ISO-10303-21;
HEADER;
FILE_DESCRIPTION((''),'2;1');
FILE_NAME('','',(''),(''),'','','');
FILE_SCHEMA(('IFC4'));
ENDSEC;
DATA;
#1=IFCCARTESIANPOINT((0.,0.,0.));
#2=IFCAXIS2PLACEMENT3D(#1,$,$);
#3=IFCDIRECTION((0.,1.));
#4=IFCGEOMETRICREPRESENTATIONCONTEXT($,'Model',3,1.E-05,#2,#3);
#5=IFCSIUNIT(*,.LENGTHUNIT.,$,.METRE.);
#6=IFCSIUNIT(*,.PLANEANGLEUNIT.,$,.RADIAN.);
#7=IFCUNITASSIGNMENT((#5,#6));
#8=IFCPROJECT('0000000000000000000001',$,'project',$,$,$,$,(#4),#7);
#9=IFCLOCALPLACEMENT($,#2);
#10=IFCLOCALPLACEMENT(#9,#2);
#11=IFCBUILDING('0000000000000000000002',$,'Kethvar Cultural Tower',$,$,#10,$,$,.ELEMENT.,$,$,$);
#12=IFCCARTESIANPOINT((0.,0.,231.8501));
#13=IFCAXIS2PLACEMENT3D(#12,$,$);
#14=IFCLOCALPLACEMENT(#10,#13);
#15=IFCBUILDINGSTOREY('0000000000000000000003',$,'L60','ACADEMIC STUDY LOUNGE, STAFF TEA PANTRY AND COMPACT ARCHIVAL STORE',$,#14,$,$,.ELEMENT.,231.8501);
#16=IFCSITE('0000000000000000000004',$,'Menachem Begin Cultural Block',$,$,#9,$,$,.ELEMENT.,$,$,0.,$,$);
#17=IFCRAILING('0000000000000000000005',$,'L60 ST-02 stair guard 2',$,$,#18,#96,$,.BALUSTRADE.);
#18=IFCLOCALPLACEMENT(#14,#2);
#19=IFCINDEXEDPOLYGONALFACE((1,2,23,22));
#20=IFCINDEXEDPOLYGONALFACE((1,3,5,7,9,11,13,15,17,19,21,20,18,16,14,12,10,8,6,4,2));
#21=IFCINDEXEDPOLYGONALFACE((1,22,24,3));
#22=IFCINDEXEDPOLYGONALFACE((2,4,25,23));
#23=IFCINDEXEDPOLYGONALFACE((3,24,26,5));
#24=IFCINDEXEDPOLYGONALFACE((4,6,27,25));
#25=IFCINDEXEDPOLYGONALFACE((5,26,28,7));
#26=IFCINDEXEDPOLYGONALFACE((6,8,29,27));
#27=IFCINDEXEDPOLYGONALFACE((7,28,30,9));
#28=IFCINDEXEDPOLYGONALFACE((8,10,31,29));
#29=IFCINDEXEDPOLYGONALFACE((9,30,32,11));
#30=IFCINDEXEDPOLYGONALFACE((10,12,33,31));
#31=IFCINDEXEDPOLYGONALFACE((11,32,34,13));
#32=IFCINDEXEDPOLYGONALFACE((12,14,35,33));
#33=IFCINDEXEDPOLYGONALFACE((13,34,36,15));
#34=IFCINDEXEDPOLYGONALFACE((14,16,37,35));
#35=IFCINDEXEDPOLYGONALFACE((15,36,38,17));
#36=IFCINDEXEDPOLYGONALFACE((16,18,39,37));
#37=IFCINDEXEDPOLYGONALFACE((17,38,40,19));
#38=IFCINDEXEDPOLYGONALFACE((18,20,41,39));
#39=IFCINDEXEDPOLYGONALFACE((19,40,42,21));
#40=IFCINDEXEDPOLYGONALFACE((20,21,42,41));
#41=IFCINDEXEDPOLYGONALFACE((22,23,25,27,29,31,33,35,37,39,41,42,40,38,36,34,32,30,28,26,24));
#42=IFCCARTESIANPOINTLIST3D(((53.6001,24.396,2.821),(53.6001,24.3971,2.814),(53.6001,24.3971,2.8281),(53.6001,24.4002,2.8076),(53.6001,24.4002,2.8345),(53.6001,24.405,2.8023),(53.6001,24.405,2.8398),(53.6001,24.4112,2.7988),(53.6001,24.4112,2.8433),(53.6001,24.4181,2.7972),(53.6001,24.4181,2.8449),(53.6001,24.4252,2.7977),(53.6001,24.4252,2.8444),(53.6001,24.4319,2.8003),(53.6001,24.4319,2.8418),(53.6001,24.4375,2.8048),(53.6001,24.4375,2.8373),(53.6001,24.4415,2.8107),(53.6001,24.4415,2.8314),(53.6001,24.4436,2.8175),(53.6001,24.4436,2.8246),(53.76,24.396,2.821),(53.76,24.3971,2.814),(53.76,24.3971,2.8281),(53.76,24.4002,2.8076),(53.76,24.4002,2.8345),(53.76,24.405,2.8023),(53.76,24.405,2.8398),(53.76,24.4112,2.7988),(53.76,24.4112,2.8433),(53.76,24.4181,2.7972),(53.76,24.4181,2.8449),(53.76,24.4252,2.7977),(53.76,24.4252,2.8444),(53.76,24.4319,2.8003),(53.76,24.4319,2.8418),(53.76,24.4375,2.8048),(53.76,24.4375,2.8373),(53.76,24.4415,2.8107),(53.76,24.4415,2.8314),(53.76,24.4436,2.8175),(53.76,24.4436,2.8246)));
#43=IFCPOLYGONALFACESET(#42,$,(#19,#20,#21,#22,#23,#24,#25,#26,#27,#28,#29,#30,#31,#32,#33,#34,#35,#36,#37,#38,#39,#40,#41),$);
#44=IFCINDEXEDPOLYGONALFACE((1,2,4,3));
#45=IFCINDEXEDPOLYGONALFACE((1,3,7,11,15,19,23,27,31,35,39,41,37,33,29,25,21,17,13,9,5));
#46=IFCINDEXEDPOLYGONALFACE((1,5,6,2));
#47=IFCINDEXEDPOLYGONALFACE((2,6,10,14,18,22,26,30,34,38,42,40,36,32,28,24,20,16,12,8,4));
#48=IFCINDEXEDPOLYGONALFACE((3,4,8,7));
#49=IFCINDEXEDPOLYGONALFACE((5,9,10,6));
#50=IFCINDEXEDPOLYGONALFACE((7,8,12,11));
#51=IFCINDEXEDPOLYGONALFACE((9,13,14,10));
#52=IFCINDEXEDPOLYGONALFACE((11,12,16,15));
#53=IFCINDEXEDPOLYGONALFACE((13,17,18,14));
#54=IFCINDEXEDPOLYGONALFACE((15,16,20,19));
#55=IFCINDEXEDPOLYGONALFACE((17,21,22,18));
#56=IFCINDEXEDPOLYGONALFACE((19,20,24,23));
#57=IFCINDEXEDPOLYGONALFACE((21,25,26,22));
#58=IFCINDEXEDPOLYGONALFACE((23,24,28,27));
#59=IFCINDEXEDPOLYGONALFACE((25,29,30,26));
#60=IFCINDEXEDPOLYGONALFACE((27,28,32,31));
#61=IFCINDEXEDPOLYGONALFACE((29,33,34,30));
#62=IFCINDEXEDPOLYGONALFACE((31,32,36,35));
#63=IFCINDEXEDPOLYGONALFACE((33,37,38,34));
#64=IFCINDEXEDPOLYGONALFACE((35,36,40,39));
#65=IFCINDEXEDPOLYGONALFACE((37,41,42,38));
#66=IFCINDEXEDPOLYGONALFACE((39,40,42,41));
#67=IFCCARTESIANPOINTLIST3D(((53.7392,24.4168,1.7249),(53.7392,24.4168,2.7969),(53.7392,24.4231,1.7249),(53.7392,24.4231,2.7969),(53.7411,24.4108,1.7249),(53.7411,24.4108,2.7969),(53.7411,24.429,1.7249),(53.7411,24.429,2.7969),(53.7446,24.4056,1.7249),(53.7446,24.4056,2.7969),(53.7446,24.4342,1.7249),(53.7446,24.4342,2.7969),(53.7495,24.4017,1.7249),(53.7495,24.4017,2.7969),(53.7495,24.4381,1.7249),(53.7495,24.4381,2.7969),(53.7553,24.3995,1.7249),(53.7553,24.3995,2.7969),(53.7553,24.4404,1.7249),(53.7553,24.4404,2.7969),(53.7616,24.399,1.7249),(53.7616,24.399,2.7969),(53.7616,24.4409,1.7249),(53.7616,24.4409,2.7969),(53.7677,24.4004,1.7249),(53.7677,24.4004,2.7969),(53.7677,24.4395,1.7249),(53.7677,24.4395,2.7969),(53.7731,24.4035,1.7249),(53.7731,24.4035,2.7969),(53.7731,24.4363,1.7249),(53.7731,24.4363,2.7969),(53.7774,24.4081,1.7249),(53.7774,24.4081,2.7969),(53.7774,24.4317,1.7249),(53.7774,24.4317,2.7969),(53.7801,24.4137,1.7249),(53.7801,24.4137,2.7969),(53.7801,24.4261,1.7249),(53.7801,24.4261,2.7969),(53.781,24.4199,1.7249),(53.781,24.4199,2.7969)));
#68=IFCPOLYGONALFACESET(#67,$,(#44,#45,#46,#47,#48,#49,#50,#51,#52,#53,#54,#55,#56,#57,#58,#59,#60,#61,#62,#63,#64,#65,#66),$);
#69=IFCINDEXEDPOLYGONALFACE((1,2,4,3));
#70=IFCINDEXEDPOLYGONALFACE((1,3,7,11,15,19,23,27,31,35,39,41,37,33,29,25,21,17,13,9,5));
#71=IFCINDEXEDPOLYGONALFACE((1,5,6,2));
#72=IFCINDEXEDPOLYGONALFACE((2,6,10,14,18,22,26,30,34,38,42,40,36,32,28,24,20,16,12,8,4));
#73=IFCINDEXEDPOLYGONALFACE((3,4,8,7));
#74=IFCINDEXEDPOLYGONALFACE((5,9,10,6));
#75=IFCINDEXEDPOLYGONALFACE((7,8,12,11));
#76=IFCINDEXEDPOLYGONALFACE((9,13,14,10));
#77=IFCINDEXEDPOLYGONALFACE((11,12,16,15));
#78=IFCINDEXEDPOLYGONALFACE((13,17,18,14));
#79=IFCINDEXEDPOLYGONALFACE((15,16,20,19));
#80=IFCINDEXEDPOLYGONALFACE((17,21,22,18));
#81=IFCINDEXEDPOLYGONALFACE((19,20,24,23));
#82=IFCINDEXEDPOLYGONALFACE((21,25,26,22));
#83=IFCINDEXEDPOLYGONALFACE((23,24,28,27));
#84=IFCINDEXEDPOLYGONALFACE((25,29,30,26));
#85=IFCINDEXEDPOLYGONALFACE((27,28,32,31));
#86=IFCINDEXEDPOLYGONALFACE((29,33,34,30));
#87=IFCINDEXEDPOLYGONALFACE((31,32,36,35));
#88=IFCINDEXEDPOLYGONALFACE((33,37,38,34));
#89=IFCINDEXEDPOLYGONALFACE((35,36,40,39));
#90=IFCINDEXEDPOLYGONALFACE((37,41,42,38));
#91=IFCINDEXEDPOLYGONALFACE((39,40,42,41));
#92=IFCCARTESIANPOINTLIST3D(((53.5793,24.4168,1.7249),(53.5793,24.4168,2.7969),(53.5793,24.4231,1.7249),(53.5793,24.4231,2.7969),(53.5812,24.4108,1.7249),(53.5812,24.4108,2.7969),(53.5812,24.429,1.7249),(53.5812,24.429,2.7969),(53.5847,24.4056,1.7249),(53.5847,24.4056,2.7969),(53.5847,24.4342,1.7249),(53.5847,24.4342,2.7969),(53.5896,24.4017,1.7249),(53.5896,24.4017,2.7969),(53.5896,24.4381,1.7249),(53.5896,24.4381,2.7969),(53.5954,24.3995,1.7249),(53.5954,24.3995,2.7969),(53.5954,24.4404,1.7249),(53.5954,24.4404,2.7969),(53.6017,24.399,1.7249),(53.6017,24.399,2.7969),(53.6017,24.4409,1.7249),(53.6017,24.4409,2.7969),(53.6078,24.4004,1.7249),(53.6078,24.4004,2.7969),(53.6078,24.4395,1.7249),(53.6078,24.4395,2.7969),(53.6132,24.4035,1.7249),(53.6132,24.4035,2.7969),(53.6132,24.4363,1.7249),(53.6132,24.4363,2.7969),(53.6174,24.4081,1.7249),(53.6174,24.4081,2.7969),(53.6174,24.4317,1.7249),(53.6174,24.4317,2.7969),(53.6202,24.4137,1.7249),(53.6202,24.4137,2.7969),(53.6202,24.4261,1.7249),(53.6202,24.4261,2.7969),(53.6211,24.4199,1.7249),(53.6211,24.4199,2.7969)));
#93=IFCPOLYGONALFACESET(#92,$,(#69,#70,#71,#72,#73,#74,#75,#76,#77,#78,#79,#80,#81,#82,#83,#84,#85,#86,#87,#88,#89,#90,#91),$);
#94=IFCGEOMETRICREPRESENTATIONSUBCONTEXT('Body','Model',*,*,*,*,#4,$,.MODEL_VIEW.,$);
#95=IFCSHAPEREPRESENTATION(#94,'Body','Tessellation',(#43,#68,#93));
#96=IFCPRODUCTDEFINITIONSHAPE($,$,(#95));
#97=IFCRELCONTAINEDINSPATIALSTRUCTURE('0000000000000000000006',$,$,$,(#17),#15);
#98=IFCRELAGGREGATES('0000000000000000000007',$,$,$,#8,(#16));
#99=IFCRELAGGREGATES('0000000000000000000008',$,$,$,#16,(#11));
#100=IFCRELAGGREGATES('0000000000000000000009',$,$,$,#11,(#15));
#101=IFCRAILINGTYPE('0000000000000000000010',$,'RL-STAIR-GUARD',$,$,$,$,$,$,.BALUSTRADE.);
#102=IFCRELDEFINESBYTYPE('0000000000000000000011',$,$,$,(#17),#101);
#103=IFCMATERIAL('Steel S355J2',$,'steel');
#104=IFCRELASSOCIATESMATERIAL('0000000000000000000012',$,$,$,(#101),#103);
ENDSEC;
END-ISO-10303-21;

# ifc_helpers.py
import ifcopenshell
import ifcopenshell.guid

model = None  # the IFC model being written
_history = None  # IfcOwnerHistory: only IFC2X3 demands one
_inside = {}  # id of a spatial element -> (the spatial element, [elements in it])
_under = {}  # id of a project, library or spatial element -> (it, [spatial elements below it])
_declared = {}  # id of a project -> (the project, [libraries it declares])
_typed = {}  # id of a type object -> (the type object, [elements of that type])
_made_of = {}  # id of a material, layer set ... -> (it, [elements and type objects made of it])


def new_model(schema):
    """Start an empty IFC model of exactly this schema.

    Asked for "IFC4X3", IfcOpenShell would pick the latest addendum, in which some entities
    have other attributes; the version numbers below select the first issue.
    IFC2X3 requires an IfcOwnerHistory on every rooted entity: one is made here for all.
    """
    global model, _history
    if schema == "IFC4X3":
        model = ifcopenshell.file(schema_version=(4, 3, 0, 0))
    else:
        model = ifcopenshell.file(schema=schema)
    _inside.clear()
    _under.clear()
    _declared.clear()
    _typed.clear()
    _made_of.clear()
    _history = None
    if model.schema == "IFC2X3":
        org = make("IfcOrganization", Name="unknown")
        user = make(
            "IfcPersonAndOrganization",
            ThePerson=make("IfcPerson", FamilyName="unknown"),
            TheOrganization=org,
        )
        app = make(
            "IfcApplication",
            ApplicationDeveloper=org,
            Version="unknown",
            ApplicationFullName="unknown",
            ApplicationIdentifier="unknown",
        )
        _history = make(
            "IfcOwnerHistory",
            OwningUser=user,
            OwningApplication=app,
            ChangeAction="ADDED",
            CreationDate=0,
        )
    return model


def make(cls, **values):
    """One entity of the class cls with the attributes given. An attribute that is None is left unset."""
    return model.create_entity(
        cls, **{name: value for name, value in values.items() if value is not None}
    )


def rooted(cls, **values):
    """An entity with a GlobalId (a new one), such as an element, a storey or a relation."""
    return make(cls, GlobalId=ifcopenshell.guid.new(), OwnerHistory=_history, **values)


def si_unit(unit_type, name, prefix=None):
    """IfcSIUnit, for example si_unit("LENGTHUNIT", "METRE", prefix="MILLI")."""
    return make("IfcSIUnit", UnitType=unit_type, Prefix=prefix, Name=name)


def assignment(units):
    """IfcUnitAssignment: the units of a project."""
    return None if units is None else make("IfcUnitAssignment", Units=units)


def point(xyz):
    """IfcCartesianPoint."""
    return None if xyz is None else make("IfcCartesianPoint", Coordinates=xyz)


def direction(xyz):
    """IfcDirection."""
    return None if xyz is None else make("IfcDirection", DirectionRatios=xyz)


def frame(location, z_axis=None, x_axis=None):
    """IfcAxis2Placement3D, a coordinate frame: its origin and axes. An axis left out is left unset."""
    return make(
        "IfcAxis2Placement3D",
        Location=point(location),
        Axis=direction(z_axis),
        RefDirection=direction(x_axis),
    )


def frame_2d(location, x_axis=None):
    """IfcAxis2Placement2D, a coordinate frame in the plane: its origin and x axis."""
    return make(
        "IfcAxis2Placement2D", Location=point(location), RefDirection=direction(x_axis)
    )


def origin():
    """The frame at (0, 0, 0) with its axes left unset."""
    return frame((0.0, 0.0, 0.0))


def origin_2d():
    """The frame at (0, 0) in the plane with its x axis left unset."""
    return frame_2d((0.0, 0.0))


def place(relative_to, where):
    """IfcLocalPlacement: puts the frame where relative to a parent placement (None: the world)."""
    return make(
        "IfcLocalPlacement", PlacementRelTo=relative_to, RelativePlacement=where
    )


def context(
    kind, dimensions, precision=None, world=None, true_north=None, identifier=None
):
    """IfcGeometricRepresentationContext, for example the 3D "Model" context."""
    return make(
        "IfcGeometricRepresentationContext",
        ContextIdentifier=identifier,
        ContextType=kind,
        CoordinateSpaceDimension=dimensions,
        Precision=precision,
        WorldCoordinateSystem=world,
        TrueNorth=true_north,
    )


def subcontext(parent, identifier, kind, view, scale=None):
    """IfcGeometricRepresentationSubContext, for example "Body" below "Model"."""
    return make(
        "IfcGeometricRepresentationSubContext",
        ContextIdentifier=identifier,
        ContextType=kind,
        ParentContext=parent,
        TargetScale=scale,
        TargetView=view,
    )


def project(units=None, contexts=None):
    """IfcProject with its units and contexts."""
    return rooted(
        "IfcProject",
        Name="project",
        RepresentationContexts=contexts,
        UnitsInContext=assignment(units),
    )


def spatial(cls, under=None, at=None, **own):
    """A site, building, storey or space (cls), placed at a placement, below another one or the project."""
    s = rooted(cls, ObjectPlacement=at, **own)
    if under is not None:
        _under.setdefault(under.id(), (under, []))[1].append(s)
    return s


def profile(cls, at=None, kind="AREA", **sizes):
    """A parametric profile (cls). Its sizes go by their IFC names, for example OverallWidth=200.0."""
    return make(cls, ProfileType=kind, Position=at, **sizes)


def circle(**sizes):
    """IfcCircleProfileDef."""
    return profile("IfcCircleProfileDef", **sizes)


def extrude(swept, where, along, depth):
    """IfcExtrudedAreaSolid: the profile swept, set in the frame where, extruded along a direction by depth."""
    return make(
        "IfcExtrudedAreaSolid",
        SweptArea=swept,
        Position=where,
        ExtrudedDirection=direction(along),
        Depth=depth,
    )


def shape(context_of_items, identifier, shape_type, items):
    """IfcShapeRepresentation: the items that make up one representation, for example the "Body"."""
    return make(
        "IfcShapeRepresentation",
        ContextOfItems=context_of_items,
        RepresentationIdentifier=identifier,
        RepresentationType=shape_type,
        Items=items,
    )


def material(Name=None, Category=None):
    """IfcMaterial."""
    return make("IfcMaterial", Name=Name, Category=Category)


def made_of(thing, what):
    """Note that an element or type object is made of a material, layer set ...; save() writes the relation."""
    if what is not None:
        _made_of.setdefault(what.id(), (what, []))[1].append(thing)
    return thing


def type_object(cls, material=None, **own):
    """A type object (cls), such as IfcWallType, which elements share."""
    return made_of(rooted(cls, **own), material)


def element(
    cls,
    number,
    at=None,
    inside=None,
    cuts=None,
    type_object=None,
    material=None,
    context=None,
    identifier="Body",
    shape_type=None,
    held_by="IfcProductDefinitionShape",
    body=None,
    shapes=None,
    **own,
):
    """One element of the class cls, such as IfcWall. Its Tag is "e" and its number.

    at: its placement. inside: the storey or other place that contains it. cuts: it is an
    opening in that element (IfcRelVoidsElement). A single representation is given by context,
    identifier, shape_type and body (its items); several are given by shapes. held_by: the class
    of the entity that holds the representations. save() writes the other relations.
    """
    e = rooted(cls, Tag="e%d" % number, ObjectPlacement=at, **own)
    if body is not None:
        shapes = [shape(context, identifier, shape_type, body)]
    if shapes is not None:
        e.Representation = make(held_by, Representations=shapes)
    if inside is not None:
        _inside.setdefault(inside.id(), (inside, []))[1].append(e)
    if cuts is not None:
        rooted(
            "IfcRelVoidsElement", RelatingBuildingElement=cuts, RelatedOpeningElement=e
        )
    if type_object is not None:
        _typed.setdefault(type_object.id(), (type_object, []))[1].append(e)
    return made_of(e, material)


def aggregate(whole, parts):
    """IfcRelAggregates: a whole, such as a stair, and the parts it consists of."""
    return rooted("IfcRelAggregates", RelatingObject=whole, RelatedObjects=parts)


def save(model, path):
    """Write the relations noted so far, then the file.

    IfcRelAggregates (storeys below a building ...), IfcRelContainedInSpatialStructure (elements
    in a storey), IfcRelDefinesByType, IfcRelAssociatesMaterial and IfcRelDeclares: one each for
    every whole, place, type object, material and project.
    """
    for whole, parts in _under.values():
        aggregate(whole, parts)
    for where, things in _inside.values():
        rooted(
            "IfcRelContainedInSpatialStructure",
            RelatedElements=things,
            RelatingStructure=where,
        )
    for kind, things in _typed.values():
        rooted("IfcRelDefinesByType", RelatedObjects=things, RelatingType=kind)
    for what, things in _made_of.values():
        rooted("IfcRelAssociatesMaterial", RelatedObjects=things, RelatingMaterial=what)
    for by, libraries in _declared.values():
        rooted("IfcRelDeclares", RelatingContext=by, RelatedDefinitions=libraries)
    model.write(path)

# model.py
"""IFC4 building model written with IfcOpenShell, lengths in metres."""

from ifc_helpers import new_model, si_unit, direction, frame, origin, origin_2d, place, context, subcontext, project, spatial, circle, extrude, material, type_object, element, save


model = new_model("IFC4")

# Units and contexts
model_context = context("Model", 3, precision=1e-05, world=origin(), true_north=direction((0.0, 1.0)))
body_context = subcontext(model_context, "Body", "Model", "MODEL_VIEW")
ifc_project = project(units=[si_unit("LENGTHUNIT", "METRE"), si_unit("PLANEANGLEUNIT", "RADIAN")], contexts=[model_context])

# Site, building, storey
site_placement = place(None, origin())
site = spatial("IfcSite", under=ifc_project, at=site_placement, Name="Menachem Begin Cultural Block", CompositionType="ELEMENT", RefElevation=0.0)
building_placement = place(site_placement, origin())
building = spatial("IfcBuilding", under=site, at=building_placement, Name="Kethvar Cultural Tower", CompositionType="ELEMENT")
storey_placement = place(building_placement, frame((0.0, 0.0, 231.8501)))
storey = spatial("IfcBuildingStorey", under=building, at=storey_placement, Name="L60", Description="ACADEMIC STUDY LOUNGE, STAFF TEA PANTRY AND COMPACT ARCHIVAL STORE", CompositionType="ELEMENT", Elevation=231.8501)

# Shared definitions
ifc_material_1 = material(Name="Steel S355J2", Category="steel")

# Railing
railing_type_1 = type_object("IfcRailingType", Name="RL-STAIR-GUARD", PredefinedType="BALUSTRADE", material=ifc_material_1)
railing_1_placement = place(storey_placement, frame((53.76, 24.4199, 1.7249)))
element("IfcRailing", 1, at=railing_1_placement, inside=storey, type_object=railing_type_1, Name="L60 ST-02 stair guard 2", PredefinedType="BALUSTRADE", context=body_context, shape_type="SweptSolid", body=[
    extrude(circle(Radius=0.0239, at=origin_2d()), frame((0.0, 0.0, 1.0962), z_axis=(-1.0, 0.0, 0.0), x_axis=(0.0, -1.0, 0.0)), (0.0, 0.0, 1.0), 0.1599),
    extrude(circle(Radius=0.021, at=origin_2d()), origin(), (0.0, 0.0, 1.0), 1.072),
    extrude(circle(Radius=0.021, at=origin_2d()), frame((-0.1599, 0.0, 0.0)), (0.0, 0.0, 1.0), 1.072),
])

save(model, "model.ifc")
